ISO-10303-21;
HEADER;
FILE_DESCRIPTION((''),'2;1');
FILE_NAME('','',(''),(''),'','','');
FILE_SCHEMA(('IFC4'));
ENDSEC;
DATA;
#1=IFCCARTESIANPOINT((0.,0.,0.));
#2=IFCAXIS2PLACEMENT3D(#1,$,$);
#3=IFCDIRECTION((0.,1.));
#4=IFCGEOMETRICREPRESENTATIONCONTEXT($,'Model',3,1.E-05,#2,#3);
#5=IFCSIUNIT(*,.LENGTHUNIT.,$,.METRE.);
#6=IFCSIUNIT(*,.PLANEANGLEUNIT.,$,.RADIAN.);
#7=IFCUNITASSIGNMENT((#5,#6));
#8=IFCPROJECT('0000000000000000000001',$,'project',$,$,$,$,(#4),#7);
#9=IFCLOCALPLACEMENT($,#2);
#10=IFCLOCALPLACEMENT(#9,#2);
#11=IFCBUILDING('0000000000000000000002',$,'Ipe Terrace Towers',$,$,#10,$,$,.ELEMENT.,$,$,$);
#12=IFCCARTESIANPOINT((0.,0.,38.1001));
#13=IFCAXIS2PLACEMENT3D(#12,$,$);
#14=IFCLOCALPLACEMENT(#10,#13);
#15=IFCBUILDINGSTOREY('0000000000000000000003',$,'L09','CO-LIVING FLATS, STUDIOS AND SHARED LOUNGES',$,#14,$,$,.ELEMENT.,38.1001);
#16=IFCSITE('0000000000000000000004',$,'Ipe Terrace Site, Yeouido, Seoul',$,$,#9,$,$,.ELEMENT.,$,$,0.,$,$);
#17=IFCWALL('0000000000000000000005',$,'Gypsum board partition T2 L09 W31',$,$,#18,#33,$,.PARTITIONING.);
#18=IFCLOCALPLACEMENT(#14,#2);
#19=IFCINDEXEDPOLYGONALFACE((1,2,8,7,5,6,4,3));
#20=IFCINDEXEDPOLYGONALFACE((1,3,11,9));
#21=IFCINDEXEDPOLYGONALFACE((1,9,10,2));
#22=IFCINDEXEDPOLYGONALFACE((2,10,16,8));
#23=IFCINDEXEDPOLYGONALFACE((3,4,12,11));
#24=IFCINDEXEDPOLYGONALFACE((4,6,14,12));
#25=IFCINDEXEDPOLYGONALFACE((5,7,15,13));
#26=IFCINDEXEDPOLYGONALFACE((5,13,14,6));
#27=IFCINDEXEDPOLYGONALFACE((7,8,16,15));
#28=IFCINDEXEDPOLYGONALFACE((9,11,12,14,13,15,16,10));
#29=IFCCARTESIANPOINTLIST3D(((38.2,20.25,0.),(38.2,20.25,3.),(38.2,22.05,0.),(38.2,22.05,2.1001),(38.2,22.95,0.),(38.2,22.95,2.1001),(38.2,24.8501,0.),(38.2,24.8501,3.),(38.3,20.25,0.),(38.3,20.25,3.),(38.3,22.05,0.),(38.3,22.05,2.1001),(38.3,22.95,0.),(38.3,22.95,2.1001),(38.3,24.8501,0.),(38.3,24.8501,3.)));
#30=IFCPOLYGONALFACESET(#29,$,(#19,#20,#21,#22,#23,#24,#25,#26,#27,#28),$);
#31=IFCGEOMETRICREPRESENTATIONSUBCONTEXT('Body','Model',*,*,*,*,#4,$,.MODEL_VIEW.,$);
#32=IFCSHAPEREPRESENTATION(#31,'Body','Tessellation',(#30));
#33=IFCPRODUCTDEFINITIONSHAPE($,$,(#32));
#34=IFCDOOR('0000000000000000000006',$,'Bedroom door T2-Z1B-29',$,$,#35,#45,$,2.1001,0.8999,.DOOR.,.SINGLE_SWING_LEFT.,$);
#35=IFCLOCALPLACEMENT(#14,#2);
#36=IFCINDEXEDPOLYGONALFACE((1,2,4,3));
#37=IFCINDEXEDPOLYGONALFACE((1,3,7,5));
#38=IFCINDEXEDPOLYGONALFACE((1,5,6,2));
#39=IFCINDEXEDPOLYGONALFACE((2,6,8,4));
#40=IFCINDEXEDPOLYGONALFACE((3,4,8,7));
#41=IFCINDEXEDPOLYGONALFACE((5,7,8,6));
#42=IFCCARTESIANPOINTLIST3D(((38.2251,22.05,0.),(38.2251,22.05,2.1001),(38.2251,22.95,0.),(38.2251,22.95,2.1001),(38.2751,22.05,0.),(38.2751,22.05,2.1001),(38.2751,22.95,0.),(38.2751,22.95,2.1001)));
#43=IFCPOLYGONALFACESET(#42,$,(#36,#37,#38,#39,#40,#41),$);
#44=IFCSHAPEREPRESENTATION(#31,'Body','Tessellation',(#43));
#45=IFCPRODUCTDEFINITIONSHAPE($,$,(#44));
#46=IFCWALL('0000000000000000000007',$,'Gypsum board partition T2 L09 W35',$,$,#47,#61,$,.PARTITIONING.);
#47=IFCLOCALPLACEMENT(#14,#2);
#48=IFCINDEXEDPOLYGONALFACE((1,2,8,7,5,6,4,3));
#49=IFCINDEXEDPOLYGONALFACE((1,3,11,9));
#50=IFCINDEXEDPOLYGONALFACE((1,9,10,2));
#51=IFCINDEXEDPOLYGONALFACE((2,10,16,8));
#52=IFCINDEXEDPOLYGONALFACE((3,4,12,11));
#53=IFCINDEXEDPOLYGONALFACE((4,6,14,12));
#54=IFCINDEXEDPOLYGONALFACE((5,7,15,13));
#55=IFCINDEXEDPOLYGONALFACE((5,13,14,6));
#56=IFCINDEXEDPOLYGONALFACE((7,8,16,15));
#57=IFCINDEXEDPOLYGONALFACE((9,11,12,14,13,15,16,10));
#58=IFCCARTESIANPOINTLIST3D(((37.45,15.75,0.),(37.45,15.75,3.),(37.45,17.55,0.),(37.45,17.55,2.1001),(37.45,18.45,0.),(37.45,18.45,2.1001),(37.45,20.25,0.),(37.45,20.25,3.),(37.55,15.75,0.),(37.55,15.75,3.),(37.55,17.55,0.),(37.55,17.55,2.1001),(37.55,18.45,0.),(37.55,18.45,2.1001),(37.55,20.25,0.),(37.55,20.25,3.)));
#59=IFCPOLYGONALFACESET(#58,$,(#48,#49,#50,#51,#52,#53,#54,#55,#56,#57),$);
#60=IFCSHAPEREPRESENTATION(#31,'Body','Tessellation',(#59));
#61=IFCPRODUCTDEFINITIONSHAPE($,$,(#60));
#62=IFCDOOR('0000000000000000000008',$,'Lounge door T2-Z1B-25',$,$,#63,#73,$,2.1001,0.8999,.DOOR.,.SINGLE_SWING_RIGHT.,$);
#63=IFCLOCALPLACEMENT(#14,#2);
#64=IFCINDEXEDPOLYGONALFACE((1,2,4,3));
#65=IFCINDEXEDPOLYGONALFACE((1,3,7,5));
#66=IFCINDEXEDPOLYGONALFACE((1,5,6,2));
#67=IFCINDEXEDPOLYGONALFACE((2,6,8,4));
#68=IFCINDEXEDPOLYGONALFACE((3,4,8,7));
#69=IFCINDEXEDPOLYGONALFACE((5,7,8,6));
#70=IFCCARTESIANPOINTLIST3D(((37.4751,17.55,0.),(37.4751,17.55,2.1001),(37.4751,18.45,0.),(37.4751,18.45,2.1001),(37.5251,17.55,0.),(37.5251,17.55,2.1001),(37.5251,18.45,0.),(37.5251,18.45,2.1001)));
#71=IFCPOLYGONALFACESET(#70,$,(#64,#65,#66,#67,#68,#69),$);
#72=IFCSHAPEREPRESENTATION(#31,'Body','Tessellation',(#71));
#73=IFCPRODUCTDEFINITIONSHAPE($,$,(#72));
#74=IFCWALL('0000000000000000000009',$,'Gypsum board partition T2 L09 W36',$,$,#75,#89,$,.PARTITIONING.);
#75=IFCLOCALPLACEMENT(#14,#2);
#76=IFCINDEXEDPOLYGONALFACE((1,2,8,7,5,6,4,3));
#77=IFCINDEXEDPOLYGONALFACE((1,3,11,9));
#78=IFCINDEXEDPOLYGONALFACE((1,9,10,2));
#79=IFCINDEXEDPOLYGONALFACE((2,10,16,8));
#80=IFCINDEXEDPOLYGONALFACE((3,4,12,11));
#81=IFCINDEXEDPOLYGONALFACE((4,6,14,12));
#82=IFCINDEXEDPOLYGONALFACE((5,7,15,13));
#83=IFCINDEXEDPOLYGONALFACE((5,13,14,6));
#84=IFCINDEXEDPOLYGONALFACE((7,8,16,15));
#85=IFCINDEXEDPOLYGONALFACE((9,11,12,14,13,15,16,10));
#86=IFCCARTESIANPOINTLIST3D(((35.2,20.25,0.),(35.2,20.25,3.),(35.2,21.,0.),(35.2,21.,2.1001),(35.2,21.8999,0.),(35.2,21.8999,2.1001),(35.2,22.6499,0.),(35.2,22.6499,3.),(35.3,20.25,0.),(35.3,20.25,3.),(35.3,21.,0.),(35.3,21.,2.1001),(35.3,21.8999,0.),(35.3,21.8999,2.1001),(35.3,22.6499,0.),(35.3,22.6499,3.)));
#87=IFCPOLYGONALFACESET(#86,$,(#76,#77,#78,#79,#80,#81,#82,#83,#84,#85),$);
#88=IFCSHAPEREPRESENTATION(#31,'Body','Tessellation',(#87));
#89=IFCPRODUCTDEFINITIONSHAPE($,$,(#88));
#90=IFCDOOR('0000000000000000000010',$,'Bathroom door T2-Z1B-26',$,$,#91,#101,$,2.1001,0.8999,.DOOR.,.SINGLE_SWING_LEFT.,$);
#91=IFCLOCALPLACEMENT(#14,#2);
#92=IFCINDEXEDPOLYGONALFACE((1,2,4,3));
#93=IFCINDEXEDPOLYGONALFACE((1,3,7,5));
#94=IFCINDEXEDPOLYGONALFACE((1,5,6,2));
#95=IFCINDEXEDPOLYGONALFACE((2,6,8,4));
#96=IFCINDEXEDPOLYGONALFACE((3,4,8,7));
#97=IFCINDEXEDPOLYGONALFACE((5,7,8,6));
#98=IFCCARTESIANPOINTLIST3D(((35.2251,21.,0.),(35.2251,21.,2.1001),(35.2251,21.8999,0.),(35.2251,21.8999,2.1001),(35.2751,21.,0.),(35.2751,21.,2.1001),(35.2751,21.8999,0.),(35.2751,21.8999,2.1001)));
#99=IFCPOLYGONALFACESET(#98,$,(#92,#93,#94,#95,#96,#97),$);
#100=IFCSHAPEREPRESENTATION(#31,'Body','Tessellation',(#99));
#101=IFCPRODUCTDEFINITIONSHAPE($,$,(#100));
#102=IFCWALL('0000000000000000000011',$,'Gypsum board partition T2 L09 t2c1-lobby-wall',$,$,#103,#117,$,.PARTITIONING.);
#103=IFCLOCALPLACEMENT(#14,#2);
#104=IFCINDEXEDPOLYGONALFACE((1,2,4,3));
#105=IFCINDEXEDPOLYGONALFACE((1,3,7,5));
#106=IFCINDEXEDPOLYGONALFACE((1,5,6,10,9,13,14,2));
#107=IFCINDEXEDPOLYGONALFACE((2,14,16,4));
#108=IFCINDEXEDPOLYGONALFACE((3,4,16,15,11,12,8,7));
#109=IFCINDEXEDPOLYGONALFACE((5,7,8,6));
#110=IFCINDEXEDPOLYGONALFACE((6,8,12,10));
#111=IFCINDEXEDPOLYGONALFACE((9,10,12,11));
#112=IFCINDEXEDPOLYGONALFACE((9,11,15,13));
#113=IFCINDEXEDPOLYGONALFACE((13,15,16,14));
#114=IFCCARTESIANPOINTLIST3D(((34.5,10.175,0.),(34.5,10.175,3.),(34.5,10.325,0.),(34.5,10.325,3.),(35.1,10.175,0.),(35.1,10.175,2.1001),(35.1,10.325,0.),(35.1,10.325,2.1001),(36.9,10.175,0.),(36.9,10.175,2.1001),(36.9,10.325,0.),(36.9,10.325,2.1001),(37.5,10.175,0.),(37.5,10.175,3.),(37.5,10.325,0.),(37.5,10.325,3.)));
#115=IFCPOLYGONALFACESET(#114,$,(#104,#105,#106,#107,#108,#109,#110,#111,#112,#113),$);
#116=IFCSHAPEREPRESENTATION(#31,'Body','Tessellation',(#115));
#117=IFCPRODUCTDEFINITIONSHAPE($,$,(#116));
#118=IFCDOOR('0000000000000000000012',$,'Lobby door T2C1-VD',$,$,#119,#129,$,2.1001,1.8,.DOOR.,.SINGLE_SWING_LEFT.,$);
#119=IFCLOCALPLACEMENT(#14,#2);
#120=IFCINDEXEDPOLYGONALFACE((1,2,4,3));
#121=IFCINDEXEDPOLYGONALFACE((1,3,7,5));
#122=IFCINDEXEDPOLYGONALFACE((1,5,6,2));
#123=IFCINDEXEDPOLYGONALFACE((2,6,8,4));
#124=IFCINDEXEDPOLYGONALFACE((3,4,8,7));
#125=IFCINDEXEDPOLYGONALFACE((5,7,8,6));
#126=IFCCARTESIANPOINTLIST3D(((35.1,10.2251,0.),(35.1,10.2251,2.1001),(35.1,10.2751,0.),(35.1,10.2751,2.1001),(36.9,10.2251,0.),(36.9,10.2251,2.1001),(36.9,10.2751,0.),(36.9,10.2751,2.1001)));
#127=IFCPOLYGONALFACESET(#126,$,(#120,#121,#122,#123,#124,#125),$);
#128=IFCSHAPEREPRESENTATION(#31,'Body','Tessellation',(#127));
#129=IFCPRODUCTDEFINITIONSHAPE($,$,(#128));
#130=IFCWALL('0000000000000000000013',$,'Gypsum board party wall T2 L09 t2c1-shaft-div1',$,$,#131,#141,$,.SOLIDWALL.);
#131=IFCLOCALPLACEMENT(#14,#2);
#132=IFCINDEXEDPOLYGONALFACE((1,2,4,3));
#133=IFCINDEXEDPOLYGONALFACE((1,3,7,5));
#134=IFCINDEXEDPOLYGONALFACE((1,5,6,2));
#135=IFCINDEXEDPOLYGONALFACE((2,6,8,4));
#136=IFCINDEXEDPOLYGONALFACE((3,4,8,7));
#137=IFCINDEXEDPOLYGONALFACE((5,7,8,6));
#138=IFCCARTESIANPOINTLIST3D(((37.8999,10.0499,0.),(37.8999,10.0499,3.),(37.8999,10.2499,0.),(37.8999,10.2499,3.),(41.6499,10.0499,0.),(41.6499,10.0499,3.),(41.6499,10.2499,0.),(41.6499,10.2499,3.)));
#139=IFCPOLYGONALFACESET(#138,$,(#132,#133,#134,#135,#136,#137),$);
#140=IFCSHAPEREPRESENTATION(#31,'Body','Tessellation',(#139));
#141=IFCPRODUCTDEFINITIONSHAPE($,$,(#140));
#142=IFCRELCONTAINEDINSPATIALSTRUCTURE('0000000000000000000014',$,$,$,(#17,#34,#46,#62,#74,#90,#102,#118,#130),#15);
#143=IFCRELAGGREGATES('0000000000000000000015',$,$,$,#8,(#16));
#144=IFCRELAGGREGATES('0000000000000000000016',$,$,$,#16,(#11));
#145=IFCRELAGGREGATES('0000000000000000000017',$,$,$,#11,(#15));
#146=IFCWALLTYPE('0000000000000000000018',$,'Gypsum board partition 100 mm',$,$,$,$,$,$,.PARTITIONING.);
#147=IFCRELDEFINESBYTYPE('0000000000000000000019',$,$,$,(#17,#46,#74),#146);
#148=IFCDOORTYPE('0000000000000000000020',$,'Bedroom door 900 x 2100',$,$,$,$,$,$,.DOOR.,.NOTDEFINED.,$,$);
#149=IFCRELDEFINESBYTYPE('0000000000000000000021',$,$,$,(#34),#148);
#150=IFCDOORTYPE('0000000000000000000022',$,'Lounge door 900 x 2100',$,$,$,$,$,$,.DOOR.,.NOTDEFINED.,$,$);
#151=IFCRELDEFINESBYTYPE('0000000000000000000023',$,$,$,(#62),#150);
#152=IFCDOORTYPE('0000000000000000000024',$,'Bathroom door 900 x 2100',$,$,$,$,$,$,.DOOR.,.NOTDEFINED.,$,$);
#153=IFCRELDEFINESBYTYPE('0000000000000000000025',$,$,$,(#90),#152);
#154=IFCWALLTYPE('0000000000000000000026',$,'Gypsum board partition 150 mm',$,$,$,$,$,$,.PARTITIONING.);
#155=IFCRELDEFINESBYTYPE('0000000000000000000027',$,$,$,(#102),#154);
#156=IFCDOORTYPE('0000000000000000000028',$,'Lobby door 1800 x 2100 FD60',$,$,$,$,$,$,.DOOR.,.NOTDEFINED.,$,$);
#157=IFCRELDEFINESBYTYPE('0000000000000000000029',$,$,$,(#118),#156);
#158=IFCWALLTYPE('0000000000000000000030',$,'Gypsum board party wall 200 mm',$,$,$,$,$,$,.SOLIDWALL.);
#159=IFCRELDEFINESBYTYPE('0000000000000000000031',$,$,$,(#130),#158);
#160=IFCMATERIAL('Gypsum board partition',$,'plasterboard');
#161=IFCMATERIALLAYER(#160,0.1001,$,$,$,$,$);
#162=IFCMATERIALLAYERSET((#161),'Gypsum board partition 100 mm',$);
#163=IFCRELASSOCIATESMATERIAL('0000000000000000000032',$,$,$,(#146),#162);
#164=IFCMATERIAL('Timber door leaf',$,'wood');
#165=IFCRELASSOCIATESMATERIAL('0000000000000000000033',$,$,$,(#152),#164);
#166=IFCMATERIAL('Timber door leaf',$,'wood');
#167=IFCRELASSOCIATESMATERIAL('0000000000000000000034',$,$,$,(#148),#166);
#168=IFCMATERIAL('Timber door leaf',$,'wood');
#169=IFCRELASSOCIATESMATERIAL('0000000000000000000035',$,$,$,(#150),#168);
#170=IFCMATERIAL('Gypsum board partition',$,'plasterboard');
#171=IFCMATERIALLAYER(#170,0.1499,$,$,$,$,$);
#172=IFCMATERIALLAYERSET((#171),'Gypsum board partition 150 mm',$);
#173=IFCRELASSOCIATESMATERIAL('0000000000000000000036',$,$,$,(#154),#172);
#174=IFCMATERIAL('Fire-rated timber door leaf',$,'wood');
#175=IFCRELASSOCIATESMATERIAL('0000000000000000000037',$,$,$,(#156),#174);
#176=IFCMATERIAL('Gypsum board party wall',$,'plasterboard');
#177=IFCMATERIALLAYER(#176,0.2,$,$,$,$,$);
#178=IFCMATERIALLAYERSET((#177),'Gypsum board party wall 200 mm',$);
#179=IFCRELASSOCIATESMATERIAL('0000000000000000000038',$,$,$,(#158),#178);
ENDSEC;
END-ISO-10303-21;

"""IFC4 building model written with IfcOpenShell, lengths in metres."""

from ifc_helpers import new_model, si_unit, direction, frame, frame_2d, origin, place, context, subcontext, project, spatial, rectangle, extrude, material, layer, layer_set, type_object, element, fill, save


model = new_model("IFC4")

# Units and contexts
model_context = context("Model", 3, precision=1e-05, world=origin(), true_north=direction((0.0, 1.0)))
body_context = subcontext(model_context, "Body", "Model", "MODEL_VIEW")
ifc_project = project(units=[si_unit("LENGTHUNIT", "METRE"), si_unit("PLANEANGLEUNIT", "RADIAN")], contexts=[model_context])

# Site, building, storey
site_placement = place(None, origin())
site = spatial("IfcSite", under=ifc_project, at=site_placement, Name="Ipe Terrace Site, Yeouido, Seoul", CompositionType="ELEMENT", RefElevation=0.0)
building_placement = place(site_placement, origin())
building = spatial("IfcBuilding", under=site, at=building_placement, Name="Ipe Terrace Towers", CompositionType="ELEMENT")
storey_placement = place(building_placement, frame((0.0, 0.0, 38.1001)))
storey = spatial("IfcBuildingStorey", under=building, at=storey_placement, Name="L09", Description="CO-LIVING FLATS, STUDIOS AND SHARED LOUNGES", CompositionType="ELEMENT", Elevation=38.1001)

# Shared definitions
ifc_material_1 = material(Name="Gypsum board partition", Category="plasterboard")
ifc_layer_1 = layer(ifc_material_1, 0.1001)
ifc_layer_set_1 = layer_set([ifc_layer_1], Name="Gypsum board partition 100 mm")
wall_type_1 = type_object("IfcWallType", Name="Gypsum board partition 100 mm", PredefinedType="PARTITIONING", material=ifc_layer_set_1)
ifc_material_2 = material(Name="Timber door leaf", Category="wood")
door_type_1 = type_object("IfcDoorType", Name="Bathroom door 900 x 2100", OperationType="NOTDEFINED", PredefinedType="DOOR", material=ifc_material_2)

# Walls, openings, doors
wall_1_placement = place(storey_placement, frame((38.25, 20.25, 0.0), z_axis=(0.0, 0.0, 1.0), x_axis=(0.0, 1.0, 0.0)))
wall_1 = element("IfcWall", 1, at=wall_1_placement, inside=storey, type_object=wall_type_1, Name="Gypsum board partition T2 L09 W31", PredefinedType="PARTITIONING", context=body_context, shape_type="SweptSolid", body=[
    extrude(rectangle(XDim=4.6001, YDim=0.1001, at=frame_2d((2.3, 0.0))), origin(), (0.0, 0.0, 1.0), 3.0),
])
opening_1_placement = place(wall_1_placement, frame((1.8, 0.0, 0.0)))
opening_1 = element("IfcOpeningElement", 2, at=opening_1_placement, cuts=wall_1, PredefinedType="OPENING", context=body_context, shape_type="SweptSolid", body=[
    extrude(rectangle(XDim=0.8999, YDim=2.1001, at=frame_2d((0.45, 1.05))), frame((0.0, 0.0601, 0.0), z_axis=(0.0, -1.0, 0.0), x_axis=(1.0, 0.0, 0.0)), (0.0, 0.0, 1.0), 0.1201),
])
ifc_material_3 = material(Name="Timber door leaf", Category="wood")
door_type_2 = type_object("IfcDoorType", Name="Bedroom door 900 x 2100", OperationType="NOTDEFINED", PredefinedType="DOOR", material=ifc_material_3)
door_1_placement = place(opening_1_placement, origin())
door_1 = element("IfcDoor", 3, at=door_1_placement, inside=storey, type_object=door_type_2, Name="Bedroom door T2-Z1B-29", OperationType="SINGLE_SWING_LEFT", OverallHeight=2.1001, OverallWidth=0.8999, PredefinedType="DOOR", context=body_context, shape_type="SweptSolid", body=[
    extrude(rectangle(XDim=0.8999, YDim=2.1001, at=frame_2d((0.45, 1.05))), frame((0.0, 0.0249, 0.0), z_axis=(0.0, -1.0, 0.0), x_axis=(1.0, 0.0, 0.0)), (0.0, 0.0, 1.0), 0.05),
])
fill(opening_1, door_1)
wall_2_placement = place(storey_placement, frame((37.5, 15.75, 0.0), z_axis=(0.0, 0.0, 1.0), x_axis=(0.0, 1.0, 0.0)))
wall_2 = element("IfcWall", 4, at=wall_2_placement, inside=storey, type_object=wall_type_1, Name="Gypsum board partition T2 L09 W35", PredefinedType="PARTITIONING", context=body_context, shape_type="SweptSolid", body=[
    extrude(rectangle(XDim=4.5, YDim=0.1001, at=frame_2d((2.25, 0.0))), origin(), (0.0, 0.0, 1.0), 3.0),
])
opening_2_placement = place(wall_2_placement, frame((1.8, 0.0, 0.0)))
opening_2 = element("IfcOpeningElement", 5, at=opening_2_placement, cuts=wall_2, PredefinedType="OPENING", context=body_context, shape_type="SweptSolid", body=[
    extrude(rectangle(XDim=0.8999, YDim=2.1001, at=frame_2d((0.45, 1.05))), frame((0.0, 0.0601, 0.0), z_axis=(0.0, -1.0, 0.0), x_axis=(1.0, 0.0, 0.0)), (0.0, 0.0, 1.0), 0.1201),
])
ifc_material_4 = material(Name="Timber door leaf", Category="wood")
door_type_3 = type_object("IfcDoorType", Name="Lounge door 900 x 2100", OperationType="NOTDEFINED", PredefinedType="DOOR", material=ifc_material_4)
door_2_placement = place(opening_2_placement, origin())
door_2 = element("IfcDoor", 6, at=door_2_placement, inside=storey, type_object=door_type_3, Name="Lounge door T2-Z1B-25", OperationType="SINGLE_SWING_RIGHT", OverallHeight=2.1001, OverallWidth=0.8999, PredefinedType="DOOR", context=body_context, shape_type="SweptSolid", body=[
    extrude(rectangle(XDim=0.8999, YDim=2.1001, at=frame_2d((0.45, 1.05))), frame((0.0, 0.0249, 0.0), z_axis=(0.0, -1.0, 0.0), x_axis=(1.0, 0.0, 0.0)), (0.0, 0.0, 1.0), 0.05),
])
fill(opening_2, door_2)
wall_3_placement = place(storey_placement, frame((35.25, 20.25, 0.0), z_axis=(0.0, 0.0, 1.0), x_axis=(0.0, 1.0, 0.0)))
wall_3 = element("IfcWall", 7, at=wall_3_placement, inside=storey, type_object=wall_type_1, Name="Gypsum board partition T2 L09 W36", PredefinedType="PARTITIONING", context=body_context, shape_type="SweptSolid", body=[
    extrude(rectangle(XDim=2.3999, YDim=0.1001, at=frame_2d((1.2, 0.0))), origin(), (0.0, 0.0, 1.0), 3.0),
])
opening_3_placement = place(wall_3_placement, frame((0.75, 0.0, 0.0)))
opening_3 = element("IfcOpeningElement", 8, at=opening_3_placement, cuts=wall_3, PredefinedType="OPENING", context=body_context, shape_type="SweptSolid", body=[
    extrude(rectangle(XDim=0.8999, YDim=2.1001, at=frame_2d((0.45, 1.05))), frame((0.0, 0.0601, 0.0), z_axis=(0.0, -1.0, 0.0), x_axis=(1.0, 0.0, 0.0)), (0.0, 0.0, 1.0), 0.1201),
])
door_3_placement = place(opening_3_placement, origin())
door_3 = element("IfcDoor", 9, at=door_3_placement, inside=storey, type_object=door_type_1, Name="Bathroom door T2-Z1B-26", OperationType="SINGLE_SWING_LEFT", OverallHeight=2.1001, OverallWidth=0.8999, PredefinedType="DOOR", context=body_context, shape_type="SweptSolid", body=[
    extrude(rectangle(XDim=0.8999, YDim=2.1001, at=frame_2d((0.45, 1.05))), frame((0.0, 0.0249, 0.0), z_axis=(0.0, -1.0, 0.0), x_axis=(1.0, 0.0, 0.0)), (0.0, 0.0, 1.0), 0.05),
])
fill(opening_3, door_3)
ifc_material_5 = material(Name="Gypsum board partition", Category="plasterboard")
ifc_layer_2 = layer(ifc_material_5, 0.1499)
ifc_layer_set_2 = layer_set([ifc_layer_2], Name="Gypsum board partition 150 mm")
wall_type_2 = type_object("IfcWallType", Name="Gypsum board partition 150 mm", PredefinedType="PARTITIONING", material=ifc_layer_set_2)
wall_4_placement = place(storey_placement, frame((37.5, 10.25, 0.0), z_axis=(0.0, 0.0, 1.0), x_axis=(-1.0, 0.0, 0.0)))
wall_4 = element("IfcWall", 10, at=wall_4_placement, inside=storey, type_object=wall_type_2, Name="Gypsum board partition T2 L09 t2c1-lobby-wall", PredefinedType="PARTITIONING", context=body_context, shape_type="SweptSolid", body=[
    extrude(rectangle(XDim=3.0, YDim=0.1499, at=frame_2d((1.5, 0.0))), origin(), (0.0, 0.0, 1.0), 3.0),
])
opening_4_placement = place(wall_4_placement, frame((0.6001, 0.0, 0.0)))
opening_4 = element("IfcOpeningElement", 11, at=opening_4_placement, cuts=wall_4, PredefinedType="OPENING", context=body_context, shape_type="SweptSolid", body=[
    extrude(rectangle(XDim=1.8, YDim=2.1001, at=frame_2d((0.8999, 1.05))), frame((0.0, 0.085, 0.0), z_axis=(0.0, -1.0, 0.0), x_axis=(1.0, 0.0, 0.0)), (0.0, 0.0, 1.0), 0.1699),
])
ifc_material_6 = material(Name="Fire-rated timber door leaf", Category="wood")
door_type_4 = type_object("IfcDoorType", Name="Lobby door 1800 x 2100 FD60", OperationType="NOTDEFINED", PredefinedType="DOOR", material=ifc_material_6)
door_4_placement = place(opening_4_placement, origin())
door_4 = element("IfcDoor", 12, at=door_4_placement, inside=storey, type_object=door_type_4, Name="Lobby door T2C1-VD", OperationType="SINGLE_SWING_LEFT", OverallHeight=2.1001, OverallWidth=1.8, PredefinedType="DOOR", context=body_context, shape_type="SweptSolid", body=[
    extrude(rectangle(XDim=1.8, YDim=2.1001, at=frame_2d((0.8999, 1.05))), frame((0.0, 0.0249, 0.0), z_axis=(0.0, -1.0, 0.0), x_axis=(1.0, 0.0, 0.0)), (0.0, 0.0, 1.0), 0.05),
])
fill(opening_4, door_4)

# Wall
ifc_material_7 = material(Name="Gypsum board party wall", Category="plasterboard")
ifc_layer_3 = layer(ifc_material_7, 0.2)
ifc_layer_set_3 = layer_set([ifc_layer_3], Name="Gypsum board party wall 200 mm")
wall_type_3 = type_object("IfcWallType", Name="Gypsum board party wall 200 mm", PredefinedType="SOLIDWALL", material=ifc_layer_set_3)
wall_5_placement = place(storey_placement, frame((41.6499, 10.1499, 0.0), z_axis=(0.0, 0.0, 1.0), x_axis=(-1.0, 0.0, 0.0)))
element("IfcWall", 13, at=wall_5_placement, inside=storey, type_object=wall_type_3, Name="Gypsum board party wall T2 L09 t2c1-shaft-div1", PredefinedType="SOLIDWALL", context=body_context, shape_type="SweptSolid", body=[
    extrude(rectangle(XDim=3.75, YDim=0.2, at=frame_2d((1.875, 0.0))), origin(), (0.0, 0.0, 1.0), 3.0),
])

save(model, "model.ifc")
